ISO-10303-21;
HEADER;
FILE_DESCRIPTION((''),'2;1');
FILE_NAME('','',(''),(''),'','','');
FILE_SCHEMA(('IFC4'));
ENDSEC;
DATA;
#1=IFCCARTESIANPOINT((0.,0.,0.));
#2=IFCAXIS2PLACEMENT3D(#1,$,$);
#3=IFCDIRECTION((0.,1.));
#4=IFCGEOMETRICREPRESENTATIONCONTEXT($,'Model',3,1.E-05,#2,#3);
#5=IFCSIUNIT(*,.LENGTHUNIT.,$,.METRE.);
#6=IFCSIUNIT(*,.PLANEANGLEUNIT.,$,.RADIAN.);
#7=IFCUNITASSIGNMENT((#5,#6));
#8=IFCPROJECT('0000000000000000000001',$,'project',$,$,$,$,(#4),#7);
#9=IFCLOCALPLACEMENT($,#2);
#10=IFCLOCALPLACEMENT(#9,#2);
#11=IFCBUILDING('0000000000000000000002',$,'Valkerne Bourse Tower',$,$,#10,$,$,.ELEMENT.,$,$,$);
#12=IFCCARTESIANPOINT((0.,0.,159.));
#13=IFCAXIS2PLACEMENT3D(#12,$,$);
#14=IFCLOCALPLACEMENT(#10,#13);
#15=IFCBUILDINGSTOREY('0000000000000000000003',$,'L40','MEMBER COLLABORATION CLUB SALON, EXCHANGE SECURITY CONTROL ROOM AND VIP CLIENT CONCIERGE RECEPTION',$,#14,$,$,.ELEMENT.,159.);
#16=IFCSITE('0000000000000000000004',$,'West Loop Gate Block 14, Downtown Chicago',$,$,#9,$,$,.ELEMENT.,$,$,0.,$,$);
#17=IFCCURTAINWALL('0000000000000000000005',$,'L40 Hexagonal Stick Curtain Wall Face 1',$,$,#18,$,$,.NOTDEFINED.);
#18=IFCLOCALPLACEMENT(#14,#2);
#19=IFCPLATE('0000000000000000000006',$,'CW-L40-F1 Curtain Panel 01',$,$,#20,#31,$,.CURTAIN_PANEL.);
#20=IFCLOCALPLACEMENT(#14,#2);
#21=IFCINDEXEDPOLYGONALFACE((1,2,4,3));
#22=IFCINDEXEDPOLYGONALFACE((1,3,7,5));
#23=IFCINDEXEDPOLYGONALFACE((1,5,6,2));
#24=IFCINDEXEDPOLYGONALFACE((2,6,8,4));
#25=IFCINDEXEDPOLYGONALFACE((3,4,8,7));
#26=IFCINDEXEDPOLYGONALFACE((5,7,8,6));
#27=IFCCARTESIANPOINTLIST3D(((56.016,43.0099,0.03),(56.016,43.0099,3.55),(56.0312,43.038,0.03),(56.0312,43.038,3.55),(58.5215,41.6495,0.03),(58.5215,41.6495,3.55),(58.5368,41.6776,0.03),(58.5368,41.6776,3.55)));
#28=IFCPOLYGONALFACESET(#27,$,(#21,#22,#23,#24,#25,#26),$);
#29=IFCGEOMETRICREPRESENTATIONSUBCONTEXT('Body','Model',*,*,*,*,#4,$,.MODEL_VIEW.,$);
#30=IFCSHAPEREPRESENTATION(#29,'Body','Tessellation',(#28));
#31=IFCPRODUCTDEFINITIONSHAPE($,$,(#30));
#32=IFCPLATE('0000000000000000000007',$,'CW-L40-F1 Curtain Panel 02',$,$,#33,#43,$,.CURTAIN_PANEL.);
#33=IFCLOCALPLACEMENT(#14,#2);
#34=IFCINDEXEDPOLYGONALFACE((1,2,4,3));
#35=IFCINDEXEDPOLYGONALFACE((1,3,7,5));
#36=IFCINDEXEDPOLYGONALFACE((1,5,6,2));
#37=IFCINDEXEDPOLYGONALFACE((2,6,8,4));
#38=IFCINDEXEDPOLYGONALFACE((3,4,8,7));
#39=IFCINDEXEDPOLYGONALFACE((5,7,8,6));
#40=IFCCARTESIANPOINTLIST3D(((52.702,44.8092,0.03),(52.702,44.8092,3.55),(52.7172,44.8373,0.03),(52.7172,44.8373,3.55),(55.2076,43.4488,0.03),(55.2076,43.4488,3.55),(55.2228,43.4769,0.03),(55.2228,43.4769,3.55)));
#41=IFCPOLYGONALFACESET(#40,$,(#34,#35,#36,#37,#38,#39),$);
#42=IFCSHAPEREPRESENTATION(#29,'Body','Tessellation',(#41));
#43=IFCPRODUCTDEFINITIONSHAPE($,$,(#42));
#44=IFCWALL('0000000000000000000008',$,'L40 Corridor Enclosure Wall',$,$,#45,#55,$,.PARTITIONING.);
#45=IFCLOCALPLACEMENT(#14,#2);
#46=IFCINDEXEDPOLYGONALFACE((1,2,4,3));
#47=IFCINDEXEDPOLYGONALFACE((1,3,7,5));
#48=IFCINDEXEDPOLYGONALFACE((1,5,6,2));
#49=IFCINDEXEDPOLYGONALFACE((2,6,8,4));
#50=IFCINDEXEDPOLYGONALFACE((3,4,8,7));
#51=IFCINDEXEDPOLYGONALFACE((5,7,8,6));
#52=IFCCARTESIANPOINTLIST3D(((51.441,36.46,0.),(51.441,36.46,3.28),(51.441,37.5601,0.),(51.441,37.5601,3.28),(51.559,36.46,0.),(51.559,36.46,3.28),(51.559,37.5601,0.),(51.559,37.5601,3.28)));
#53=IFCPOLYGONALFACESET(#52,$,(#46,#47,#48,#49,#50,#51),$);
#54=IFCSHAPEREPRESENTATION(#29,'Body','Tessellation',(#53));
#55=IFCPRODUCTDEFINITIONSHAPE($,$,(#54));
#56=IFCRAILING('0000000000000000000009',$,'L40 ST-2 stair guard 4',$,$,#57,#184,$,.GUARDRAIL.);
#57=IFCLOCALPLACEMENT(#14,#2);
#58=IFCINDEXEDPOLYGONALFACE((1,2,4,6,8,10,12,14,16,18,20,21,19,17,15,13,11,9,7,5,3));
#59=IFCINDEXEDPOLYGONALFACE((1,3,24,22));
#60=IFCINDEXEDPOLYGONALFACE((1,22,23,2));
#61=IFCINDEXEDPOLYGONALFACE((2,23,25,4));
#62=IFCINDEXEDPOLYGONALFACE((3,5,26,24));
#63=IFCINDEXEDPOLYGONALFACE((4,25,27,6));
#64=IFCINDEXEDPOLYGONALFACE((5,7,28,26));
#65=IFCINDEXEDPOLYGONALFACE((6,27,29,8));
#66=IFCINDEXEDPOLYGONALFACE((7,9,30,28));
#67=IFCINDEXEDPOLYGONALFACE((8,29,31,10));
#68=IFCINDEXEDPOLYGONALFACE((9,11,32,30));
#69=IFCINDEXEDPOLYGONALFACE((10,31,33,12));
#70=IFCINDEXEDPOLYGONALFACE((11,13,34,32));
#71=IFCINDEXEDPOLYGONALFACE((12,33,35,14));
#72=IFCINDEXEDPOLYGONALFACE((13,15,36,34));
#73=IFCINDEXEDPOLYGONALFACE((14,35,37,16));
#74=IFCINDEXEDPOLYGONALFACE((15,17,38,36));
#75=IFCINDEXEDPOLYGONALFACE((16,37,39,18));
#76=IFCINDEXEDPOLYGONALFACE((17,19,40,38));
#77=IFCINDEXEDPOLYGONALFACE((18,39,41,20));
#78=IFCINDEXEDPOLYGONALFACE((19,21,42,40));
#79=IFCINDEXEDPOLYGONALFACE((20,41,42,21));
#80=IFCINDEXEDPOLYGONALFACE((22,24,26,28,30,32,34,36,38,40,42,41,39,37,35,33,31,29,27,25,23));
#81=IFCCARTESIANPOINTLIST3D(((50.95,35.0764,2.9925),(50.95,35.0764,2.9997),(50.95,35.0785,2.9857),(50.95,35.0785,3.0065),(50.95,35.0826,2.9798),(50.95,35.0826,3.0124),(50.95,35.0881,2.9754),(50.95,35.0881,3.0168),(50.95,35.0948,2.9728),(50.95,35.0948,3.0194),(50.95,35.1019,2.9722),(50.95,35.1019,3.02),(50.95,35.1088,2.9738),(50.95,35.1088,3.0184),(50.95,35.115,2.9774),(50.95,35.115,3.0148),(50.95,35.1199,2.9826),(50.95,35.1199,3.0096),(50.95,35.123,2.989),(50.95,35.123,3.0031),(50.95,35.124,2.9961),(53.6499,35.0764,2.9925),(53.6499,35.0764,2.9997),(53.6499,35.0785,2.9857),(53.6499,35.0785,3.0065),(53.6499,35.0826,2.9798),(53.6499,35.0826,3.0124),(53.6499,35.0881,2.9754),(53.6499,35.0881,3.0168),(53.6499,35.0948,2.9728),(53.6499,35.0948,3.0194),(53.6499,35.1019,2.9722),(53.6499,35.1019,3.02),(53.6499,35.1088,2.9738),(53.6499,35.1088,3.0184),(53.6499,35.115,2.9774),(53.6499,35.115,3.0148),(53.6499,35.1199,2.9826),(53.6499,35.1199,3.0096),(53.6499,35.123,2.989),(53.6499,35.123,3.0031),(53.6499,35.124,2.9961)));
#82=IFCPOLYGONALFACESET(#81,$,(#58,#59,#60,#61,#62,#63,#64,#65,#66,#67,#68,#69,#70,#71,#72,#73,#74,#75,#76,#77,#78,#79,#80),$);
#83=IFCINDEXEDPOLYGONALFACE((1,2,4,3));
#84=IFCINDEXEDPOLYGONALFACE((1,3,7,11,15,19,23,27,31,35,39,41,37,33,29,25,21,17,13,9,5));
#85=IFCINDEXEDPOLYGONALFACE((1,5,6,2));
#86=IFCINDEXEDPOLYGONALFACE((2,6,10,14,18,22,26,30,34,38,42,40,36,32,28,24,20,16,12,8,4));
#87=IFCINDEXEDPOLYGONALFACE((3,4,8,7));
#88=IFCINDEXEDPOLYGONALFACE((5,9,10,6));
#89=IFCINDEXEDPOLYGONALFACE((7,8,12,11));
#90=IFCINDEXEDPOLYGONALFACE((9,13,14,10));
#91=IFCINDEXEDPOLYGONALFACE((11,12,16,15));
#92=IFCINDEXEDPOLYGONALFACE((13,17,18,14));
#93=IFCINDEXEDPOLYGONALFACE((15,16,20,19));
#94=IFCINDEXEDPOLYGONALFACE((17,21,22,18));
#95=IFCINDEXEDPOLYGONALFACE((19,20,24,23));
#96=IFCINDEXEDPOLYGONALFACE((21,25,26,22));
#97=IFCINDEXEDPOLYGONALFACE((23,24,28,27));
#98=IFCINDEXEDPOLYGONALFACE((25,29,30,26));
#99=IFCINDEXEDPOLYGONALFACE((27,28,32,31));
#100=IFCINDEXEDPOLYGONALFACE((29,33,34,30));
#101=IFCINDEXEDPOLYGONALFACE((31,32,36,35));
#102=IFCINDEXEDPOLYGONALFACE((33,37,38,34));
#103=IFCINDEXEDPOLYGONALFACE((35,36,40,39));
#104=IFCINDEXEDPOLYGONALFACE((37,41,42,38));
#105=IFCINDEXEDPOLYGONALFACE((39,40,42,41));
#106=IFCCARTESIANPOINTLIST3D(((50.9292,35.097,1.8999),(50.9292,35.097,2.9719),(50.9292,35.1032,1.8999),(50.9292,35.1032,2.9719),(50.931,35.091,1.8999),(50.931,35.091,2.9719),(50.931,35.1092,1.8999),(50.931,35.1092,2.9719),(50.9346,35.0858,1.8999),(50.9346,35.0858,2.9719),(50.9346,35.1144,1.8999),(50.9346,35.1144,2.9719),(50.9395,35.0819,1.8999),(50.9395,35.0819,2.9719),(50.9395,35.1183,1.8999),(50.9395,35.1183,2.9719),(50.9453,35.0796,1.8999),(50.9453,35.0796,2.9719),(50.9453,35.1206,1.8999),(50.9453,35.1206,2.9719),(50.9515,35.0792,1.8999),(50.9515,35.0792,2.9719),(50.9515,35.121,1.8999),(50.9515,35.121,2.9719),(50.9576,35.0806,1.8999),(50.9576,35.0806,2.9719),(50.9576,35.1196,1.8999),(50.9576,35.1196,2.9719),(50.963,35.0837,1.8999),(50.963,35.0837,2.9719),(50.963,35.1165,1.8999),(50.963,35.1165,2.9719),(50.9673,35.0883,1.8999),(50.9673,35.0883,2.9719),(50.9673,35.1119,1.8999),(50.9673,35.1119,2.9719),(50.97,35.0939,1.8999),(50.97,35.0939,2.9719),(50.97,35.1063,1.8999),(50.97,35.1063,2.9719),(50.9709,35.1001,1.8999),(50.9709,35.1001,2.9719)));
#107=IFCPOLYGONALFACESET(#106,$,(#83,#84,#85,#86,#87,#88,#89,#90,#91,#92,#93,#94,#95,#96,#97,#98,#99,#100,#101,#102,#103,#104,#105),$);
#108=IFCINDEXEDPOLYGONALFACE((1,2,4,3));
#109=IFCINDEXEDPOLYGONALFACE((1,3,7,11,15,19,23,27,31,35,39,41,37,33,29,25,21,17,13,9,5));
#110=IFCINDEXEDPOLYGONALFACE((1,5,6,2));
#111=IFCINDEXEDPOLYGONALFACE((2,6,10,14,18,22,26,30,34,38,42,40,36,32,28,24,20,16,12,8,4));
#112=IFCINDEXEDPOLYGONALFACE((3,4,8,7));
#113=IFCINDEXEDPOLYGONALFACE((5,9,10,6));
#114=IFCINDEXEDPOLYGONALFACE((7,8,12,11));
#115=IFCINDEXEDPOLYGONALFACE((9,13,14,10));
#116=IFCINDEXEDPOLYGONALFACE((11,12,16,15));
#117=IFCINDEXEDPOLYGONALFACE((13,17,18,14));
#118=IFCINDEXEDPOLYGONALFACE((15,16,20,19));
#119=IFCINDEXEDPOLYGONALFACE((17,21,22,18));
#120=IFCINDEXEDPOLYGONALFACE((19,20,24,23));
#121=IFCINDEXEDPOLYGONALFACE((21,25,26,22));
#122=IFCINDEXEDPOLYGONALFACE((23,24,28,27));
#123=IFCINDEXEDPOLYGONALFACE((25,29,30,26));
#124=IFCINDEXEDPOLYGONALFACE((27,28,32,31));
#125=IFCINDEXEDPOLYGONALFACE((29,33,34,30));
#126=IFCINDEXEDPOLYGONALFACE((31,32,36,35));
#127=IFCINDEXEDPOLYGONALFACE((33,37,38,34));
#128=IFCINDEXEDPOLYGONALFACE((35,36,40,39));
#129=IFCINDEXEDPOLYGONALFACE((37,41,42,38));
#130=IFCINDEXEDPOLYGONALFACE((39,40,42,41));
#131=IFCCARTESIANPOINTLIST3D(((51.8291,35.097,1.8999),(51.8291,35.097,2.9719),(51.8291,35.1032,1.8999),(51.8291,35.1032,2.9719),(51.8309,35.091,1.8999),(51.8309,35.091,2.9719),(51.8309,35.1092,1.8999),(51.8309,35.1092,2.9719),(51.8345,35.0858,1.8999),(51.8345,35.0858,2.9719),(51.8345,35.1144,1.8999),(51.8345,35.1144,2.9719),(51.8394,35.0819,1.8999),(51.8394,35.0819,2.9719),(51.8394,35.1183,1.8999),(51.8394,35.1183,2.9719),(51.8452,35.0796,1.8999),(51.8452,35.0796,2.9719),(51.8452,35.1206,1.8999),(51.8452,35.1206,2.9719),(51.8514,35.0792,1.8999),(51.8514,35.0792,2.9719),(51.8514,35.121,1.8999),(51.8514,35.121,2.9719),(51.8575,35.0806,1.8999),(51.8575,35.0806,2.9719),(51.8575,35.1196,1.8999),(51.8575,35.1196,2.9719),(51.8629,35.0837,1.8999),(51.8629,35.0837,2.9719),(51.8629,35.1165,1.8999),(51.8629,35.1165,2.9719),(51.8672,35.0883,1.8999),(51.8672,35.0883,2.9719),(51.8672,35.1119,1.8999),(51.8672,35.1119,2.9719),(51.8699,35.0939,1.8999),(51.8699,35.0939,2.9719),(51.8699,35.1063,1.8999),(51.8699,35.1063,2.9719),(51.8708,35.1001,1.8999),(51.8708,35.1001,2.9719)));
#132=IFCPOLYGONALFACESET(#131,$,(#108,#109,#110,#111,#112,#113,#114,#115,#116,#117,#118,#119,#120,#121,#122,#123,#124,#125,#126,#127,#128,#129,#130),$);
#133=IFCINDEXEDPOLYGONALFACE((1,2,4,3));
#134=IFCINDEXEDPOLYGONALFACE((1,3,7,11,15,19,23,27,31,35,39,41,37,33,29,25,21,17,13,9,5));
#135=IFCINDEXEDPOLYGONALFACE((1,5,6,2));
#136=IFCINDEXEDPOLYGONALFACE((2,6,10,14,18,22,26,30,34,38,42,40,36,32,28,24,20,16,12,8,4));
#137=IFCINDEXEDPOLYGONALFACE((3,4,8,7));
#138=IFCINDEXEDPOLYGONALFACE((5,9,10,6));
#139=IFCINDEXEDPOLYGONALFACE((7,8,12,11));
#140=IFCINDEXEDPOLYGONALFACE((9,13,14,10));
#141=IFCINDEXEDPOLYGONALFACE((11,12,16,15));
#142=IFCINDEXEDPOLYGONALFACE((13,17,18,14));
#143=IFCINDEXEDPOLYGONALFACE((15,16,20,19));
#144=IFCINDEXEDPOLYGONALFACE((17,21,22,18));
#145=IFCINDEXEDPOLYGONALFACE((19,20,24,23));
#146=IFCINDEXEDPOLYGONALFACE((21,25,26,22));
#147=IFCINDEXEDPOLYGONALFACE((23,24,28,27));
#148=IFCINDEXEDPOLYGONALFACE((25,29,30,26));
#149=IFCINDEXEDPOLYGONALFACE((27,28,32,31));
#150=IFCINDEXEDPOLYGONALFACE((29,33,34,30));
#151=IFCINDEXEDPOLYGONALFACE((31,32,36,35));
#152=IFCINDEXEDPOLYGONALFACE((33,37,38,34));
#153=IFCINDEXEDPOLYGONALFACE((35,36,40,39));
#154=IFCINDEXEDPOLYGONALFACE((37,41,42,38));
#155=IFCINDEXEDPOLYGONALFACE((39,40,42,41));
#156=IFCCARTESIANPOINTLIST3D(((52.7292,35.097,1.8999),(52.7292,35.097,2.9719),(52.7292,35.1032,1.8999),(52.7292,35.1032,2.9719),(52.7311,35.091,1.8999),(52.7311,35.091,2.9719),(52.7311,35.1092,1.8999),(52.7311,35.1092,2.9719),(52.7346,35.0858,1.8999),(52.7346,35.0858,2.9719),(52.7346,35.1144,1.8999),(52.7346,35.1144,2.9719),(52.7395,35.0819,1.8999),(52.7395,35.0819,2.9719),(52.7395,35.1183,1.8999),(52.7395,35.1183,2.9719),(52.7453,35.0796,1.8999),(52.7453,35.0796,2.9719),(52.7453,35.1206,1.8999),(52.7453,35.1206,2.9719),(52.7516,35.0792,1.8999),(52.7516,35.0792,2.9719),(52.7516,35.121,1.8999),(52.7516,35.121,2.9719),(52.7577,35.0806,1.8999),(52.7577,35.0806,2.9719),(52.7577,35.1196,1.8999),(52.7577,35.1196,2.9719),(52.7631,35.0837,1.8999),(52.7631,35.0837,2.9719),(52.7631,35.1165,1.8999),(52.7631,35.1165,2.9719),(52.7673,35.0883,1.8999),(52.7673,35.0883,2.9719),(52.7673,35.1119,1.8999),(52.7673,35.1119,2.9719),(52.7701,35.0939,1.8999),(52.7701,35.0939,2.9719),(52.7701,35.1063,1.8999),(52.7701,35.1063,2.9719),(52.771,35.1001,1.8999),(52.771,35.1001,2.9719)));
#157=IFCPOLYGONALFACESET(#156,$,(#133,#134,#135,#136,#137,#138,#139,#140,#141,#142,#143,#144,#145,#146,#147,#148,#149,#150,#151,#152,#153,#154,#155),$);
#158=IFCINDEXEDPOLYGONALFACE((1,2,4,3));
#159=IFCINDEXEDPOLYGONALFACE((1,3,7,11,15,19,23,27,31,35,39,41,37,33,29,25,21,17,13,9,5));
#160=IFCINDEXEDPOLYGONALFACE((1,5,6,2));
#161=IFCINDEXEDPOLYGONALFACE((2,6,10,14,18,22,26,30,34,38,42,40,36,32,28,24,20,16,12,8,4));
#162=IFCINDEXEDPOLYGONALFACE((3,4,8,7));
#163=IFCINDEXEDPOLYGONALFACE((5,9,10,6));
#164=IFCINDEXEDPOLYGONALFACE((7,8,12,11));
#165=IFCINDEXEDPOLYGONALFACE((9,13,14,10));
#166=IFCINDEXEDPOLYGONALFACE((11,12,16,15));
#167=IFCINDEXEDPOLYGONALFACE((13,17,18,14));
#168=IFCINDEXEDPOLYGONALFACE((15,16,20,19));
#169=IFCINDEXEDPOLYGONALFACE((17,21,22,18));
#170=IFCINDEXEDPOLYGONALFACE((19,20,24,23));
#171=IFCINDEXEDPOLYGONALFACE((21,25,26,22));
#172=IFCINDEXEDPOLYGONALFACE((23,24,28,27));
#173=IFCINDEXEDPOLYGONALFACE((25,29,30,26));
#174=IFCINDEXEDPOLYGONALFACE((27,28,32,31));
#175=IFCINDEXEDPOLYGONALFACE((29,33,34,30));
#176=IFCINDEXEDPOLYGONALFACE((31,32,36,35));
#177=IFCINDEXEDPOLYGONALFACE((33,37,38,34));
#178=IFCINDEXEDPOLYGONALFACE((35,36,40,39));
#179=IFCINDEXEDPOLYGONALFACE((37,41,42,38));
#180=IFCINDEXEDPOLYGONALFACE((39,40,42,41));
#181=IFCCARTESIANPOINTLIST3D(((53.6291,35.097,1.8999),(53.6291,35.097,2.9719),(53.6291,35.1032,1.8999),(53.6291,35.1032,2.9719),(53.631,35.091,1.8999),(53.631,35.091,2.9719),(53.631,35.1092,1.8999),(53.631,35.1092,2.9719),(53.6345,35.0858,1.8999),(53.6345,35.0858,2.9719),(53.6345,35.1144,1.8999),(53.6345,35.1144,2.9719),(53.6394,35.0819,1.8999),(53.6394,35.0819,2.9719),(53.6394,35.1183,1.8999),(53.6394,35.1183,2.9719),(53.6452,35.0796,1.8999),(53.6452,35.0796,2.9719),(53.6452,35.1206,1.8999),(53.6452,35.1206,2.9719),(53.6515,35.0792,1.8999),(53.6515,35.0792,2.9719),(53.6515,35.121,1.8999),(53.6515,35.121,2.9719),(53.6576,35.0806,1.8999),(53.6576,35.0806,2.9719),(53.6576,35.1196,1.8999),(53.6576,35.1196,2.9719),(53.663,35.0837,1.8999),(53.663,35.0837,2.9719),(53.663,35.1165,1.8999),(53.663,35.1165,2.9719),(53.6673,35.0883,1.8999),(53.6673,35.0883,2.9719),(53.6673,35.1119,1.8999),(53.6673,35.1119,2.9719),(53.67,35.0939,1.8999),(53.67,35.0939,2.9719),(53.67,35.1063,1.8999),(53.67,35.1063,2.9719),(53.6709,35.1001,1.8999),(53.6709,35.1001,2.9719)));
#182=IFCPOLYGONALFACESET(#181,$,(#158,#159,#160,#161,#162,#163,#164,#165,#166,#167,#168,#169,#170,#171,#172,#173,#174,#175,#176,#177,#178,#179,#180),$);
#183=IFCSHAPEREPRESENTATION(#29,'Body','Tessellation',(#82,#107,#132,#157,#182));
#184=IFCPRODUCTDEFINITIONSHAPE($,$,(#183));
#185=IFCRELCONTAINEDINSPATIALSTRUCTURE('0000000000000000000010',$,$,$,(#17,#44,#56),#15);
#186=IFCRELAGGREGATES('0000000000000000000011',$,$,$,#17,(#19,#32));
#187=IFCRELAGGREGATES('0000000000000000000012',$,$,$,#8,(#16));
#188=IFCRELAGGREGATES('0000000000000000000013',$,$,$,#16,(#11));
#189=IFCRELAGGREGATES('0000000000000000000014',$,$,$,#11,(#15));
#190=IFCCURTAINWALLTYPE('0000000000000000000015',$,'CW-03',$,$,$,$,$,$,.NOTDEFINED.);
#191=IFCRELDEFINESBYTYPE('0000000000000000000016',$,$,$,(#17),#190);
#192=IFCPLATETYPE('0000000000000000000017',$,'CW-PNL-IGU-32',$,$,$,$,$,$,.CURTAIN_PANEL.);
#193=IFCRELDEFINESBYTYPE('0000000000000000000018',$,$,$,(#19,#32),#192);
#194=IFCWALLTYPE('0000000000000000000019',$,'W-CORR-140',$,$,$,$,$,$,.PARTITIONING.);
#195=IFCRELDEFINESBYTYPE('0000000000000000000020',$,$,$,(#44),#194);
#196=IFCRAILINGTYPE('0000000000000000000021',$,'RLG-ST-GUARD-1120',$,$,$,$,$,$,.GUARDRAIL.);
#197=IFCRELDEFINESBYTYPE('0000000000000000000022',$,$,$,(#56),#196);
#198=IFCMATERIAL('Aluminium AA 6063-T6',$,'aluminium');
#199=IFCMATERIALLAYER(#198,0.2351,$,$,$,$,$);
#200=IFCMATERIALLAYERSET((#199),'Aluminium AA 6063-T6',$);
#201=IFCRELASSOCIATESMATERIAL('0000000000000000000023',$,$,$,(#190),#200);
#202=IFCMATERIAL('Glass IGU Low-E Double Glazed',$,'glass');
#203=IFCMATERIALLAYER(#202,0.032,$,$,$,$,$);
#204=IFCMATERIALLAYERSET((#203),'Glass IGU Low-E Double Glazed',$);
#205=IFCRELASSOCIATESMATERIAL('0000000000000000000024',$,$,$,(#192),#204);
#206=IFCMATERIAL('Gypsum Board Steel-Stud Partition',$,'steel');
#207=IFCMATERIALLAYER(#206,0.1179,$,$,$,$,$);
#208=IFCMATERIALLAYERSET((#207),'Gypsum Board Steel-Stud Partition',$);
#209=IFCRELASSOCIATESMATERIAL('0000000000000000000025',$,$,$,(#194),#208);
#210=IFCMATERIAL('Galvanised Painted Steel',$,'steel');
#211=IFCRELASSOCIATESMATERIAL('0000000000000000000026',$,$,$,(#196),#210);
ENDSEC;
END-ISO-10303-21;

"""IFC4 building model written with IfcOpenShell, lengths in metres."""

from ifc_helpers import new_model, si_unit, direction, frame, frame_2d, origin, origin_2d, place, context, subcontext, project, spatial, rectangle, circle, extrude, material, layer, layer_set, type_object, element, aggregate, save


model = new_model("IFC4")

# Units and contexts
model_context = context("Model", 3, precision=1e-05, world=origin(), true_north=direction((0.0, 1.0)))
body_context = subcontext(model_context, "Body", "Model", "MODEL_VIEW")
ifc_project = project(units=[si_unit("LENGTHUNIT", "METRE"), si_unit("PLANEANGLEUNIT", "RADIAN")], contexts=[model_context])

# Site, building, storey
site_placement = place(None, origin())
site = spatial("IfcSite", under=ifc_project, at=site_placement, Name="West Loop Gate Block 14, Downtown Chicago", CompositionType="ELEMENT", RefElevation=0.0)
building_placement = place(site_placement, origin())
building = spatial("IfcBuilding", under=site, at=building_placement, Name="Valkerne Bourse Tower", CompositionType="ELEMENT")
storey_placement = place(building_placement, frame((0.0, 0.0, 159.0)))
storey = spatial("IfcBuildingStorey", under=building, at=storey_placement, Name="L40", Description="MEMBER COLLABORATION CLUB SALON, EXCHANGE SECURITY CONTROL ROOM AND VIP CLIENT CONCIERGE RECEPTION", CompositionType="ELEMENT", Elevation=159.0)

# Curtain wall
ifc_material_1 = material(Name="Aluminium AA 6063-T6", Category="aluminium")
ifc_layer_1 = layer(ifc_material_1, 0.2351)
ifc_layer_set_1 = layer_set([ifc_layer_1], Name="Aluminium AA 6063-T6")
curtain_wall_type = type_object("IfcCurtainWallType", Name="CW-03", PredefinedType="NOTDEFINED", material=ifc_layer_set_1)
curtain_wall_placement = place(storey_placement, origin())
curtain_wall = element("IfcCurtainWall", 1, at=curtain_wall_placement, inside=storey, type_object=curtain_wall_type, Name="L40 Hexagonal Stick Curtain Wall Face 1", PredefinedType="NOTDEFINED")

# Plates
ifc_material_2 = material(Name="Glass IGU Low-E Double Glazed", Category="glass")
ifc_layer_2 = layer(ifc_material_2, 0.032)
ifc_layer_set_2 = layer_set([ifc_layer_2], Name="Glass IGU Low-E Double Glazed")
plate_type = type_object("IfcPlateType", Name="CW-PNL-IGU-32", PredefinedType="CURTAIN_PANEL", material=ifc_layer_set_2)
plate_1_placement = place(storey_placement, frame((57.2764, 42.3438, 0.03), z_axis=(0.0, 0.0, 1.0), x_axis=(-0.878812, 0.477168, 0.0)))
plate_1 = element("IfcPlate", 2, at=plate_1_placement, type_object=plate_type, Name="CW-L40-F1 Curtain Panel 01", PredefinedType="CURTAIN_PANEL", context=body_context, shape_type="SweptSolid", body=[
    extrude(rectangle(XDim=2.8511, YDim=0.032, at=origin_2d()), origin(), (0.0, 0.0, 1.0), 3.52),
])
plate_2_placement = place(storey_placement, frame((53.9624, 44.1431, 0.03), z_axis=(0.0, 0.0, 1.0), x_axis=(-0.878823, 0.477147, 0.0)))
plate_2 = element("IfcPlate", 3, at=plate_2_placement, type_object=plate_type, Name="CW-L40-F1 Curtain Panel 02", PredefinedType="CURTAIN_PANEL", context=body_context, shape_type="SweptSolid", body=[
    extrude(rectangle(XDim=2.8511, YDim=0.032, at=origin_2d()), origin(), (0.0, 0.0, 1.0), 3.52),
])
aggregate(curtain_wall, [plate_1, plate_2])

# Wall
ifc_material_3 = material(Name="Gypsum Board Steel-Stud Partition", Category="steel")
ifc_layer_3 = layer(ifc_material_3, 0.1179)
ifc_layer_set_3 = layer_set([ifc_layer_3], Name="Gypsum Board Steel-Stud Partition")
wall_type = type_object("IfcWallType", Name="W-CORR-140", PredefinedType="PARTITIONING", material=ifc_layer_set_3)
wall_placement = place(storey_placement, frame((51.5, 37.5601, 0.0), z_axis=(0.0, 0.0, 1.0), x_axis=(0.0, -1.0, 0.0)))
element("IfcWall", 4, at=wall_placement, inside=storey, type_object=wall_type, Name="L40 Corridor Enclosure Wall", PredefinedType="PARTITIONING", context=body_context, shape_type="SweptSolid", body=[
    extrude(rectangle(XDim=1.1001, YDim=0.1179, at=frame_2d((0.55, 0.0))), origin(), (0.0, 0.0, 1.0), 3.28),
])

# Railing
ifc_material_4 = material(Name="Galvanised Painted Steel", Category="steel")
railing_type_1 = type_object("IfcRailingType", Name="RLG-ST-GUARD-1120", PredefinedType="GUARDRAIL", material=ifc_material_4)
railing_1_placement = place(storey_placement, frame((50.95, 35.1001, 1.8999)))
element("IfcRailing", 5, at=railing_1_placement, inside=storey, type_object=railing_type_1, Name="L40 ST-2 stair guard 4", PredefinedType="GUARDRAIL", context=body_context, shape_type="SweptSolid", body=[
    extrude(circle(Radius=0.0239, at=origin_2d()), frame((0.0, 0.0, 1.0962), z_axis=(1.0, 0.0, 0.0), x_axis=(0.0, 1.0, 0.0)), (0.0, 0.0, 1.0), 2.7),
    extrude(circle(Radius=0.021, at=origin_2d()), origin(), (0.0, 0.0, 1.0), 1.072),
    extrude(circle(Radius=0.021, at=origin_2d()), frame((0.8999, 0.0, 0.0)), (0.0, 0.0, 1.0), 1.072),
    extrude(circle(Radius=0.021, at=origin_2d()), frame((1.8, 0.0, 0.0)), (0.0, 0.0, 1.0), 1.072),
    extrude(circle(Radius=0.021, at=origin_2d()), frame((2.7, 0.0, 0.0)), (0.0, 0.0, 1.0), 1.072),
])

save(model, "model.ifc")
